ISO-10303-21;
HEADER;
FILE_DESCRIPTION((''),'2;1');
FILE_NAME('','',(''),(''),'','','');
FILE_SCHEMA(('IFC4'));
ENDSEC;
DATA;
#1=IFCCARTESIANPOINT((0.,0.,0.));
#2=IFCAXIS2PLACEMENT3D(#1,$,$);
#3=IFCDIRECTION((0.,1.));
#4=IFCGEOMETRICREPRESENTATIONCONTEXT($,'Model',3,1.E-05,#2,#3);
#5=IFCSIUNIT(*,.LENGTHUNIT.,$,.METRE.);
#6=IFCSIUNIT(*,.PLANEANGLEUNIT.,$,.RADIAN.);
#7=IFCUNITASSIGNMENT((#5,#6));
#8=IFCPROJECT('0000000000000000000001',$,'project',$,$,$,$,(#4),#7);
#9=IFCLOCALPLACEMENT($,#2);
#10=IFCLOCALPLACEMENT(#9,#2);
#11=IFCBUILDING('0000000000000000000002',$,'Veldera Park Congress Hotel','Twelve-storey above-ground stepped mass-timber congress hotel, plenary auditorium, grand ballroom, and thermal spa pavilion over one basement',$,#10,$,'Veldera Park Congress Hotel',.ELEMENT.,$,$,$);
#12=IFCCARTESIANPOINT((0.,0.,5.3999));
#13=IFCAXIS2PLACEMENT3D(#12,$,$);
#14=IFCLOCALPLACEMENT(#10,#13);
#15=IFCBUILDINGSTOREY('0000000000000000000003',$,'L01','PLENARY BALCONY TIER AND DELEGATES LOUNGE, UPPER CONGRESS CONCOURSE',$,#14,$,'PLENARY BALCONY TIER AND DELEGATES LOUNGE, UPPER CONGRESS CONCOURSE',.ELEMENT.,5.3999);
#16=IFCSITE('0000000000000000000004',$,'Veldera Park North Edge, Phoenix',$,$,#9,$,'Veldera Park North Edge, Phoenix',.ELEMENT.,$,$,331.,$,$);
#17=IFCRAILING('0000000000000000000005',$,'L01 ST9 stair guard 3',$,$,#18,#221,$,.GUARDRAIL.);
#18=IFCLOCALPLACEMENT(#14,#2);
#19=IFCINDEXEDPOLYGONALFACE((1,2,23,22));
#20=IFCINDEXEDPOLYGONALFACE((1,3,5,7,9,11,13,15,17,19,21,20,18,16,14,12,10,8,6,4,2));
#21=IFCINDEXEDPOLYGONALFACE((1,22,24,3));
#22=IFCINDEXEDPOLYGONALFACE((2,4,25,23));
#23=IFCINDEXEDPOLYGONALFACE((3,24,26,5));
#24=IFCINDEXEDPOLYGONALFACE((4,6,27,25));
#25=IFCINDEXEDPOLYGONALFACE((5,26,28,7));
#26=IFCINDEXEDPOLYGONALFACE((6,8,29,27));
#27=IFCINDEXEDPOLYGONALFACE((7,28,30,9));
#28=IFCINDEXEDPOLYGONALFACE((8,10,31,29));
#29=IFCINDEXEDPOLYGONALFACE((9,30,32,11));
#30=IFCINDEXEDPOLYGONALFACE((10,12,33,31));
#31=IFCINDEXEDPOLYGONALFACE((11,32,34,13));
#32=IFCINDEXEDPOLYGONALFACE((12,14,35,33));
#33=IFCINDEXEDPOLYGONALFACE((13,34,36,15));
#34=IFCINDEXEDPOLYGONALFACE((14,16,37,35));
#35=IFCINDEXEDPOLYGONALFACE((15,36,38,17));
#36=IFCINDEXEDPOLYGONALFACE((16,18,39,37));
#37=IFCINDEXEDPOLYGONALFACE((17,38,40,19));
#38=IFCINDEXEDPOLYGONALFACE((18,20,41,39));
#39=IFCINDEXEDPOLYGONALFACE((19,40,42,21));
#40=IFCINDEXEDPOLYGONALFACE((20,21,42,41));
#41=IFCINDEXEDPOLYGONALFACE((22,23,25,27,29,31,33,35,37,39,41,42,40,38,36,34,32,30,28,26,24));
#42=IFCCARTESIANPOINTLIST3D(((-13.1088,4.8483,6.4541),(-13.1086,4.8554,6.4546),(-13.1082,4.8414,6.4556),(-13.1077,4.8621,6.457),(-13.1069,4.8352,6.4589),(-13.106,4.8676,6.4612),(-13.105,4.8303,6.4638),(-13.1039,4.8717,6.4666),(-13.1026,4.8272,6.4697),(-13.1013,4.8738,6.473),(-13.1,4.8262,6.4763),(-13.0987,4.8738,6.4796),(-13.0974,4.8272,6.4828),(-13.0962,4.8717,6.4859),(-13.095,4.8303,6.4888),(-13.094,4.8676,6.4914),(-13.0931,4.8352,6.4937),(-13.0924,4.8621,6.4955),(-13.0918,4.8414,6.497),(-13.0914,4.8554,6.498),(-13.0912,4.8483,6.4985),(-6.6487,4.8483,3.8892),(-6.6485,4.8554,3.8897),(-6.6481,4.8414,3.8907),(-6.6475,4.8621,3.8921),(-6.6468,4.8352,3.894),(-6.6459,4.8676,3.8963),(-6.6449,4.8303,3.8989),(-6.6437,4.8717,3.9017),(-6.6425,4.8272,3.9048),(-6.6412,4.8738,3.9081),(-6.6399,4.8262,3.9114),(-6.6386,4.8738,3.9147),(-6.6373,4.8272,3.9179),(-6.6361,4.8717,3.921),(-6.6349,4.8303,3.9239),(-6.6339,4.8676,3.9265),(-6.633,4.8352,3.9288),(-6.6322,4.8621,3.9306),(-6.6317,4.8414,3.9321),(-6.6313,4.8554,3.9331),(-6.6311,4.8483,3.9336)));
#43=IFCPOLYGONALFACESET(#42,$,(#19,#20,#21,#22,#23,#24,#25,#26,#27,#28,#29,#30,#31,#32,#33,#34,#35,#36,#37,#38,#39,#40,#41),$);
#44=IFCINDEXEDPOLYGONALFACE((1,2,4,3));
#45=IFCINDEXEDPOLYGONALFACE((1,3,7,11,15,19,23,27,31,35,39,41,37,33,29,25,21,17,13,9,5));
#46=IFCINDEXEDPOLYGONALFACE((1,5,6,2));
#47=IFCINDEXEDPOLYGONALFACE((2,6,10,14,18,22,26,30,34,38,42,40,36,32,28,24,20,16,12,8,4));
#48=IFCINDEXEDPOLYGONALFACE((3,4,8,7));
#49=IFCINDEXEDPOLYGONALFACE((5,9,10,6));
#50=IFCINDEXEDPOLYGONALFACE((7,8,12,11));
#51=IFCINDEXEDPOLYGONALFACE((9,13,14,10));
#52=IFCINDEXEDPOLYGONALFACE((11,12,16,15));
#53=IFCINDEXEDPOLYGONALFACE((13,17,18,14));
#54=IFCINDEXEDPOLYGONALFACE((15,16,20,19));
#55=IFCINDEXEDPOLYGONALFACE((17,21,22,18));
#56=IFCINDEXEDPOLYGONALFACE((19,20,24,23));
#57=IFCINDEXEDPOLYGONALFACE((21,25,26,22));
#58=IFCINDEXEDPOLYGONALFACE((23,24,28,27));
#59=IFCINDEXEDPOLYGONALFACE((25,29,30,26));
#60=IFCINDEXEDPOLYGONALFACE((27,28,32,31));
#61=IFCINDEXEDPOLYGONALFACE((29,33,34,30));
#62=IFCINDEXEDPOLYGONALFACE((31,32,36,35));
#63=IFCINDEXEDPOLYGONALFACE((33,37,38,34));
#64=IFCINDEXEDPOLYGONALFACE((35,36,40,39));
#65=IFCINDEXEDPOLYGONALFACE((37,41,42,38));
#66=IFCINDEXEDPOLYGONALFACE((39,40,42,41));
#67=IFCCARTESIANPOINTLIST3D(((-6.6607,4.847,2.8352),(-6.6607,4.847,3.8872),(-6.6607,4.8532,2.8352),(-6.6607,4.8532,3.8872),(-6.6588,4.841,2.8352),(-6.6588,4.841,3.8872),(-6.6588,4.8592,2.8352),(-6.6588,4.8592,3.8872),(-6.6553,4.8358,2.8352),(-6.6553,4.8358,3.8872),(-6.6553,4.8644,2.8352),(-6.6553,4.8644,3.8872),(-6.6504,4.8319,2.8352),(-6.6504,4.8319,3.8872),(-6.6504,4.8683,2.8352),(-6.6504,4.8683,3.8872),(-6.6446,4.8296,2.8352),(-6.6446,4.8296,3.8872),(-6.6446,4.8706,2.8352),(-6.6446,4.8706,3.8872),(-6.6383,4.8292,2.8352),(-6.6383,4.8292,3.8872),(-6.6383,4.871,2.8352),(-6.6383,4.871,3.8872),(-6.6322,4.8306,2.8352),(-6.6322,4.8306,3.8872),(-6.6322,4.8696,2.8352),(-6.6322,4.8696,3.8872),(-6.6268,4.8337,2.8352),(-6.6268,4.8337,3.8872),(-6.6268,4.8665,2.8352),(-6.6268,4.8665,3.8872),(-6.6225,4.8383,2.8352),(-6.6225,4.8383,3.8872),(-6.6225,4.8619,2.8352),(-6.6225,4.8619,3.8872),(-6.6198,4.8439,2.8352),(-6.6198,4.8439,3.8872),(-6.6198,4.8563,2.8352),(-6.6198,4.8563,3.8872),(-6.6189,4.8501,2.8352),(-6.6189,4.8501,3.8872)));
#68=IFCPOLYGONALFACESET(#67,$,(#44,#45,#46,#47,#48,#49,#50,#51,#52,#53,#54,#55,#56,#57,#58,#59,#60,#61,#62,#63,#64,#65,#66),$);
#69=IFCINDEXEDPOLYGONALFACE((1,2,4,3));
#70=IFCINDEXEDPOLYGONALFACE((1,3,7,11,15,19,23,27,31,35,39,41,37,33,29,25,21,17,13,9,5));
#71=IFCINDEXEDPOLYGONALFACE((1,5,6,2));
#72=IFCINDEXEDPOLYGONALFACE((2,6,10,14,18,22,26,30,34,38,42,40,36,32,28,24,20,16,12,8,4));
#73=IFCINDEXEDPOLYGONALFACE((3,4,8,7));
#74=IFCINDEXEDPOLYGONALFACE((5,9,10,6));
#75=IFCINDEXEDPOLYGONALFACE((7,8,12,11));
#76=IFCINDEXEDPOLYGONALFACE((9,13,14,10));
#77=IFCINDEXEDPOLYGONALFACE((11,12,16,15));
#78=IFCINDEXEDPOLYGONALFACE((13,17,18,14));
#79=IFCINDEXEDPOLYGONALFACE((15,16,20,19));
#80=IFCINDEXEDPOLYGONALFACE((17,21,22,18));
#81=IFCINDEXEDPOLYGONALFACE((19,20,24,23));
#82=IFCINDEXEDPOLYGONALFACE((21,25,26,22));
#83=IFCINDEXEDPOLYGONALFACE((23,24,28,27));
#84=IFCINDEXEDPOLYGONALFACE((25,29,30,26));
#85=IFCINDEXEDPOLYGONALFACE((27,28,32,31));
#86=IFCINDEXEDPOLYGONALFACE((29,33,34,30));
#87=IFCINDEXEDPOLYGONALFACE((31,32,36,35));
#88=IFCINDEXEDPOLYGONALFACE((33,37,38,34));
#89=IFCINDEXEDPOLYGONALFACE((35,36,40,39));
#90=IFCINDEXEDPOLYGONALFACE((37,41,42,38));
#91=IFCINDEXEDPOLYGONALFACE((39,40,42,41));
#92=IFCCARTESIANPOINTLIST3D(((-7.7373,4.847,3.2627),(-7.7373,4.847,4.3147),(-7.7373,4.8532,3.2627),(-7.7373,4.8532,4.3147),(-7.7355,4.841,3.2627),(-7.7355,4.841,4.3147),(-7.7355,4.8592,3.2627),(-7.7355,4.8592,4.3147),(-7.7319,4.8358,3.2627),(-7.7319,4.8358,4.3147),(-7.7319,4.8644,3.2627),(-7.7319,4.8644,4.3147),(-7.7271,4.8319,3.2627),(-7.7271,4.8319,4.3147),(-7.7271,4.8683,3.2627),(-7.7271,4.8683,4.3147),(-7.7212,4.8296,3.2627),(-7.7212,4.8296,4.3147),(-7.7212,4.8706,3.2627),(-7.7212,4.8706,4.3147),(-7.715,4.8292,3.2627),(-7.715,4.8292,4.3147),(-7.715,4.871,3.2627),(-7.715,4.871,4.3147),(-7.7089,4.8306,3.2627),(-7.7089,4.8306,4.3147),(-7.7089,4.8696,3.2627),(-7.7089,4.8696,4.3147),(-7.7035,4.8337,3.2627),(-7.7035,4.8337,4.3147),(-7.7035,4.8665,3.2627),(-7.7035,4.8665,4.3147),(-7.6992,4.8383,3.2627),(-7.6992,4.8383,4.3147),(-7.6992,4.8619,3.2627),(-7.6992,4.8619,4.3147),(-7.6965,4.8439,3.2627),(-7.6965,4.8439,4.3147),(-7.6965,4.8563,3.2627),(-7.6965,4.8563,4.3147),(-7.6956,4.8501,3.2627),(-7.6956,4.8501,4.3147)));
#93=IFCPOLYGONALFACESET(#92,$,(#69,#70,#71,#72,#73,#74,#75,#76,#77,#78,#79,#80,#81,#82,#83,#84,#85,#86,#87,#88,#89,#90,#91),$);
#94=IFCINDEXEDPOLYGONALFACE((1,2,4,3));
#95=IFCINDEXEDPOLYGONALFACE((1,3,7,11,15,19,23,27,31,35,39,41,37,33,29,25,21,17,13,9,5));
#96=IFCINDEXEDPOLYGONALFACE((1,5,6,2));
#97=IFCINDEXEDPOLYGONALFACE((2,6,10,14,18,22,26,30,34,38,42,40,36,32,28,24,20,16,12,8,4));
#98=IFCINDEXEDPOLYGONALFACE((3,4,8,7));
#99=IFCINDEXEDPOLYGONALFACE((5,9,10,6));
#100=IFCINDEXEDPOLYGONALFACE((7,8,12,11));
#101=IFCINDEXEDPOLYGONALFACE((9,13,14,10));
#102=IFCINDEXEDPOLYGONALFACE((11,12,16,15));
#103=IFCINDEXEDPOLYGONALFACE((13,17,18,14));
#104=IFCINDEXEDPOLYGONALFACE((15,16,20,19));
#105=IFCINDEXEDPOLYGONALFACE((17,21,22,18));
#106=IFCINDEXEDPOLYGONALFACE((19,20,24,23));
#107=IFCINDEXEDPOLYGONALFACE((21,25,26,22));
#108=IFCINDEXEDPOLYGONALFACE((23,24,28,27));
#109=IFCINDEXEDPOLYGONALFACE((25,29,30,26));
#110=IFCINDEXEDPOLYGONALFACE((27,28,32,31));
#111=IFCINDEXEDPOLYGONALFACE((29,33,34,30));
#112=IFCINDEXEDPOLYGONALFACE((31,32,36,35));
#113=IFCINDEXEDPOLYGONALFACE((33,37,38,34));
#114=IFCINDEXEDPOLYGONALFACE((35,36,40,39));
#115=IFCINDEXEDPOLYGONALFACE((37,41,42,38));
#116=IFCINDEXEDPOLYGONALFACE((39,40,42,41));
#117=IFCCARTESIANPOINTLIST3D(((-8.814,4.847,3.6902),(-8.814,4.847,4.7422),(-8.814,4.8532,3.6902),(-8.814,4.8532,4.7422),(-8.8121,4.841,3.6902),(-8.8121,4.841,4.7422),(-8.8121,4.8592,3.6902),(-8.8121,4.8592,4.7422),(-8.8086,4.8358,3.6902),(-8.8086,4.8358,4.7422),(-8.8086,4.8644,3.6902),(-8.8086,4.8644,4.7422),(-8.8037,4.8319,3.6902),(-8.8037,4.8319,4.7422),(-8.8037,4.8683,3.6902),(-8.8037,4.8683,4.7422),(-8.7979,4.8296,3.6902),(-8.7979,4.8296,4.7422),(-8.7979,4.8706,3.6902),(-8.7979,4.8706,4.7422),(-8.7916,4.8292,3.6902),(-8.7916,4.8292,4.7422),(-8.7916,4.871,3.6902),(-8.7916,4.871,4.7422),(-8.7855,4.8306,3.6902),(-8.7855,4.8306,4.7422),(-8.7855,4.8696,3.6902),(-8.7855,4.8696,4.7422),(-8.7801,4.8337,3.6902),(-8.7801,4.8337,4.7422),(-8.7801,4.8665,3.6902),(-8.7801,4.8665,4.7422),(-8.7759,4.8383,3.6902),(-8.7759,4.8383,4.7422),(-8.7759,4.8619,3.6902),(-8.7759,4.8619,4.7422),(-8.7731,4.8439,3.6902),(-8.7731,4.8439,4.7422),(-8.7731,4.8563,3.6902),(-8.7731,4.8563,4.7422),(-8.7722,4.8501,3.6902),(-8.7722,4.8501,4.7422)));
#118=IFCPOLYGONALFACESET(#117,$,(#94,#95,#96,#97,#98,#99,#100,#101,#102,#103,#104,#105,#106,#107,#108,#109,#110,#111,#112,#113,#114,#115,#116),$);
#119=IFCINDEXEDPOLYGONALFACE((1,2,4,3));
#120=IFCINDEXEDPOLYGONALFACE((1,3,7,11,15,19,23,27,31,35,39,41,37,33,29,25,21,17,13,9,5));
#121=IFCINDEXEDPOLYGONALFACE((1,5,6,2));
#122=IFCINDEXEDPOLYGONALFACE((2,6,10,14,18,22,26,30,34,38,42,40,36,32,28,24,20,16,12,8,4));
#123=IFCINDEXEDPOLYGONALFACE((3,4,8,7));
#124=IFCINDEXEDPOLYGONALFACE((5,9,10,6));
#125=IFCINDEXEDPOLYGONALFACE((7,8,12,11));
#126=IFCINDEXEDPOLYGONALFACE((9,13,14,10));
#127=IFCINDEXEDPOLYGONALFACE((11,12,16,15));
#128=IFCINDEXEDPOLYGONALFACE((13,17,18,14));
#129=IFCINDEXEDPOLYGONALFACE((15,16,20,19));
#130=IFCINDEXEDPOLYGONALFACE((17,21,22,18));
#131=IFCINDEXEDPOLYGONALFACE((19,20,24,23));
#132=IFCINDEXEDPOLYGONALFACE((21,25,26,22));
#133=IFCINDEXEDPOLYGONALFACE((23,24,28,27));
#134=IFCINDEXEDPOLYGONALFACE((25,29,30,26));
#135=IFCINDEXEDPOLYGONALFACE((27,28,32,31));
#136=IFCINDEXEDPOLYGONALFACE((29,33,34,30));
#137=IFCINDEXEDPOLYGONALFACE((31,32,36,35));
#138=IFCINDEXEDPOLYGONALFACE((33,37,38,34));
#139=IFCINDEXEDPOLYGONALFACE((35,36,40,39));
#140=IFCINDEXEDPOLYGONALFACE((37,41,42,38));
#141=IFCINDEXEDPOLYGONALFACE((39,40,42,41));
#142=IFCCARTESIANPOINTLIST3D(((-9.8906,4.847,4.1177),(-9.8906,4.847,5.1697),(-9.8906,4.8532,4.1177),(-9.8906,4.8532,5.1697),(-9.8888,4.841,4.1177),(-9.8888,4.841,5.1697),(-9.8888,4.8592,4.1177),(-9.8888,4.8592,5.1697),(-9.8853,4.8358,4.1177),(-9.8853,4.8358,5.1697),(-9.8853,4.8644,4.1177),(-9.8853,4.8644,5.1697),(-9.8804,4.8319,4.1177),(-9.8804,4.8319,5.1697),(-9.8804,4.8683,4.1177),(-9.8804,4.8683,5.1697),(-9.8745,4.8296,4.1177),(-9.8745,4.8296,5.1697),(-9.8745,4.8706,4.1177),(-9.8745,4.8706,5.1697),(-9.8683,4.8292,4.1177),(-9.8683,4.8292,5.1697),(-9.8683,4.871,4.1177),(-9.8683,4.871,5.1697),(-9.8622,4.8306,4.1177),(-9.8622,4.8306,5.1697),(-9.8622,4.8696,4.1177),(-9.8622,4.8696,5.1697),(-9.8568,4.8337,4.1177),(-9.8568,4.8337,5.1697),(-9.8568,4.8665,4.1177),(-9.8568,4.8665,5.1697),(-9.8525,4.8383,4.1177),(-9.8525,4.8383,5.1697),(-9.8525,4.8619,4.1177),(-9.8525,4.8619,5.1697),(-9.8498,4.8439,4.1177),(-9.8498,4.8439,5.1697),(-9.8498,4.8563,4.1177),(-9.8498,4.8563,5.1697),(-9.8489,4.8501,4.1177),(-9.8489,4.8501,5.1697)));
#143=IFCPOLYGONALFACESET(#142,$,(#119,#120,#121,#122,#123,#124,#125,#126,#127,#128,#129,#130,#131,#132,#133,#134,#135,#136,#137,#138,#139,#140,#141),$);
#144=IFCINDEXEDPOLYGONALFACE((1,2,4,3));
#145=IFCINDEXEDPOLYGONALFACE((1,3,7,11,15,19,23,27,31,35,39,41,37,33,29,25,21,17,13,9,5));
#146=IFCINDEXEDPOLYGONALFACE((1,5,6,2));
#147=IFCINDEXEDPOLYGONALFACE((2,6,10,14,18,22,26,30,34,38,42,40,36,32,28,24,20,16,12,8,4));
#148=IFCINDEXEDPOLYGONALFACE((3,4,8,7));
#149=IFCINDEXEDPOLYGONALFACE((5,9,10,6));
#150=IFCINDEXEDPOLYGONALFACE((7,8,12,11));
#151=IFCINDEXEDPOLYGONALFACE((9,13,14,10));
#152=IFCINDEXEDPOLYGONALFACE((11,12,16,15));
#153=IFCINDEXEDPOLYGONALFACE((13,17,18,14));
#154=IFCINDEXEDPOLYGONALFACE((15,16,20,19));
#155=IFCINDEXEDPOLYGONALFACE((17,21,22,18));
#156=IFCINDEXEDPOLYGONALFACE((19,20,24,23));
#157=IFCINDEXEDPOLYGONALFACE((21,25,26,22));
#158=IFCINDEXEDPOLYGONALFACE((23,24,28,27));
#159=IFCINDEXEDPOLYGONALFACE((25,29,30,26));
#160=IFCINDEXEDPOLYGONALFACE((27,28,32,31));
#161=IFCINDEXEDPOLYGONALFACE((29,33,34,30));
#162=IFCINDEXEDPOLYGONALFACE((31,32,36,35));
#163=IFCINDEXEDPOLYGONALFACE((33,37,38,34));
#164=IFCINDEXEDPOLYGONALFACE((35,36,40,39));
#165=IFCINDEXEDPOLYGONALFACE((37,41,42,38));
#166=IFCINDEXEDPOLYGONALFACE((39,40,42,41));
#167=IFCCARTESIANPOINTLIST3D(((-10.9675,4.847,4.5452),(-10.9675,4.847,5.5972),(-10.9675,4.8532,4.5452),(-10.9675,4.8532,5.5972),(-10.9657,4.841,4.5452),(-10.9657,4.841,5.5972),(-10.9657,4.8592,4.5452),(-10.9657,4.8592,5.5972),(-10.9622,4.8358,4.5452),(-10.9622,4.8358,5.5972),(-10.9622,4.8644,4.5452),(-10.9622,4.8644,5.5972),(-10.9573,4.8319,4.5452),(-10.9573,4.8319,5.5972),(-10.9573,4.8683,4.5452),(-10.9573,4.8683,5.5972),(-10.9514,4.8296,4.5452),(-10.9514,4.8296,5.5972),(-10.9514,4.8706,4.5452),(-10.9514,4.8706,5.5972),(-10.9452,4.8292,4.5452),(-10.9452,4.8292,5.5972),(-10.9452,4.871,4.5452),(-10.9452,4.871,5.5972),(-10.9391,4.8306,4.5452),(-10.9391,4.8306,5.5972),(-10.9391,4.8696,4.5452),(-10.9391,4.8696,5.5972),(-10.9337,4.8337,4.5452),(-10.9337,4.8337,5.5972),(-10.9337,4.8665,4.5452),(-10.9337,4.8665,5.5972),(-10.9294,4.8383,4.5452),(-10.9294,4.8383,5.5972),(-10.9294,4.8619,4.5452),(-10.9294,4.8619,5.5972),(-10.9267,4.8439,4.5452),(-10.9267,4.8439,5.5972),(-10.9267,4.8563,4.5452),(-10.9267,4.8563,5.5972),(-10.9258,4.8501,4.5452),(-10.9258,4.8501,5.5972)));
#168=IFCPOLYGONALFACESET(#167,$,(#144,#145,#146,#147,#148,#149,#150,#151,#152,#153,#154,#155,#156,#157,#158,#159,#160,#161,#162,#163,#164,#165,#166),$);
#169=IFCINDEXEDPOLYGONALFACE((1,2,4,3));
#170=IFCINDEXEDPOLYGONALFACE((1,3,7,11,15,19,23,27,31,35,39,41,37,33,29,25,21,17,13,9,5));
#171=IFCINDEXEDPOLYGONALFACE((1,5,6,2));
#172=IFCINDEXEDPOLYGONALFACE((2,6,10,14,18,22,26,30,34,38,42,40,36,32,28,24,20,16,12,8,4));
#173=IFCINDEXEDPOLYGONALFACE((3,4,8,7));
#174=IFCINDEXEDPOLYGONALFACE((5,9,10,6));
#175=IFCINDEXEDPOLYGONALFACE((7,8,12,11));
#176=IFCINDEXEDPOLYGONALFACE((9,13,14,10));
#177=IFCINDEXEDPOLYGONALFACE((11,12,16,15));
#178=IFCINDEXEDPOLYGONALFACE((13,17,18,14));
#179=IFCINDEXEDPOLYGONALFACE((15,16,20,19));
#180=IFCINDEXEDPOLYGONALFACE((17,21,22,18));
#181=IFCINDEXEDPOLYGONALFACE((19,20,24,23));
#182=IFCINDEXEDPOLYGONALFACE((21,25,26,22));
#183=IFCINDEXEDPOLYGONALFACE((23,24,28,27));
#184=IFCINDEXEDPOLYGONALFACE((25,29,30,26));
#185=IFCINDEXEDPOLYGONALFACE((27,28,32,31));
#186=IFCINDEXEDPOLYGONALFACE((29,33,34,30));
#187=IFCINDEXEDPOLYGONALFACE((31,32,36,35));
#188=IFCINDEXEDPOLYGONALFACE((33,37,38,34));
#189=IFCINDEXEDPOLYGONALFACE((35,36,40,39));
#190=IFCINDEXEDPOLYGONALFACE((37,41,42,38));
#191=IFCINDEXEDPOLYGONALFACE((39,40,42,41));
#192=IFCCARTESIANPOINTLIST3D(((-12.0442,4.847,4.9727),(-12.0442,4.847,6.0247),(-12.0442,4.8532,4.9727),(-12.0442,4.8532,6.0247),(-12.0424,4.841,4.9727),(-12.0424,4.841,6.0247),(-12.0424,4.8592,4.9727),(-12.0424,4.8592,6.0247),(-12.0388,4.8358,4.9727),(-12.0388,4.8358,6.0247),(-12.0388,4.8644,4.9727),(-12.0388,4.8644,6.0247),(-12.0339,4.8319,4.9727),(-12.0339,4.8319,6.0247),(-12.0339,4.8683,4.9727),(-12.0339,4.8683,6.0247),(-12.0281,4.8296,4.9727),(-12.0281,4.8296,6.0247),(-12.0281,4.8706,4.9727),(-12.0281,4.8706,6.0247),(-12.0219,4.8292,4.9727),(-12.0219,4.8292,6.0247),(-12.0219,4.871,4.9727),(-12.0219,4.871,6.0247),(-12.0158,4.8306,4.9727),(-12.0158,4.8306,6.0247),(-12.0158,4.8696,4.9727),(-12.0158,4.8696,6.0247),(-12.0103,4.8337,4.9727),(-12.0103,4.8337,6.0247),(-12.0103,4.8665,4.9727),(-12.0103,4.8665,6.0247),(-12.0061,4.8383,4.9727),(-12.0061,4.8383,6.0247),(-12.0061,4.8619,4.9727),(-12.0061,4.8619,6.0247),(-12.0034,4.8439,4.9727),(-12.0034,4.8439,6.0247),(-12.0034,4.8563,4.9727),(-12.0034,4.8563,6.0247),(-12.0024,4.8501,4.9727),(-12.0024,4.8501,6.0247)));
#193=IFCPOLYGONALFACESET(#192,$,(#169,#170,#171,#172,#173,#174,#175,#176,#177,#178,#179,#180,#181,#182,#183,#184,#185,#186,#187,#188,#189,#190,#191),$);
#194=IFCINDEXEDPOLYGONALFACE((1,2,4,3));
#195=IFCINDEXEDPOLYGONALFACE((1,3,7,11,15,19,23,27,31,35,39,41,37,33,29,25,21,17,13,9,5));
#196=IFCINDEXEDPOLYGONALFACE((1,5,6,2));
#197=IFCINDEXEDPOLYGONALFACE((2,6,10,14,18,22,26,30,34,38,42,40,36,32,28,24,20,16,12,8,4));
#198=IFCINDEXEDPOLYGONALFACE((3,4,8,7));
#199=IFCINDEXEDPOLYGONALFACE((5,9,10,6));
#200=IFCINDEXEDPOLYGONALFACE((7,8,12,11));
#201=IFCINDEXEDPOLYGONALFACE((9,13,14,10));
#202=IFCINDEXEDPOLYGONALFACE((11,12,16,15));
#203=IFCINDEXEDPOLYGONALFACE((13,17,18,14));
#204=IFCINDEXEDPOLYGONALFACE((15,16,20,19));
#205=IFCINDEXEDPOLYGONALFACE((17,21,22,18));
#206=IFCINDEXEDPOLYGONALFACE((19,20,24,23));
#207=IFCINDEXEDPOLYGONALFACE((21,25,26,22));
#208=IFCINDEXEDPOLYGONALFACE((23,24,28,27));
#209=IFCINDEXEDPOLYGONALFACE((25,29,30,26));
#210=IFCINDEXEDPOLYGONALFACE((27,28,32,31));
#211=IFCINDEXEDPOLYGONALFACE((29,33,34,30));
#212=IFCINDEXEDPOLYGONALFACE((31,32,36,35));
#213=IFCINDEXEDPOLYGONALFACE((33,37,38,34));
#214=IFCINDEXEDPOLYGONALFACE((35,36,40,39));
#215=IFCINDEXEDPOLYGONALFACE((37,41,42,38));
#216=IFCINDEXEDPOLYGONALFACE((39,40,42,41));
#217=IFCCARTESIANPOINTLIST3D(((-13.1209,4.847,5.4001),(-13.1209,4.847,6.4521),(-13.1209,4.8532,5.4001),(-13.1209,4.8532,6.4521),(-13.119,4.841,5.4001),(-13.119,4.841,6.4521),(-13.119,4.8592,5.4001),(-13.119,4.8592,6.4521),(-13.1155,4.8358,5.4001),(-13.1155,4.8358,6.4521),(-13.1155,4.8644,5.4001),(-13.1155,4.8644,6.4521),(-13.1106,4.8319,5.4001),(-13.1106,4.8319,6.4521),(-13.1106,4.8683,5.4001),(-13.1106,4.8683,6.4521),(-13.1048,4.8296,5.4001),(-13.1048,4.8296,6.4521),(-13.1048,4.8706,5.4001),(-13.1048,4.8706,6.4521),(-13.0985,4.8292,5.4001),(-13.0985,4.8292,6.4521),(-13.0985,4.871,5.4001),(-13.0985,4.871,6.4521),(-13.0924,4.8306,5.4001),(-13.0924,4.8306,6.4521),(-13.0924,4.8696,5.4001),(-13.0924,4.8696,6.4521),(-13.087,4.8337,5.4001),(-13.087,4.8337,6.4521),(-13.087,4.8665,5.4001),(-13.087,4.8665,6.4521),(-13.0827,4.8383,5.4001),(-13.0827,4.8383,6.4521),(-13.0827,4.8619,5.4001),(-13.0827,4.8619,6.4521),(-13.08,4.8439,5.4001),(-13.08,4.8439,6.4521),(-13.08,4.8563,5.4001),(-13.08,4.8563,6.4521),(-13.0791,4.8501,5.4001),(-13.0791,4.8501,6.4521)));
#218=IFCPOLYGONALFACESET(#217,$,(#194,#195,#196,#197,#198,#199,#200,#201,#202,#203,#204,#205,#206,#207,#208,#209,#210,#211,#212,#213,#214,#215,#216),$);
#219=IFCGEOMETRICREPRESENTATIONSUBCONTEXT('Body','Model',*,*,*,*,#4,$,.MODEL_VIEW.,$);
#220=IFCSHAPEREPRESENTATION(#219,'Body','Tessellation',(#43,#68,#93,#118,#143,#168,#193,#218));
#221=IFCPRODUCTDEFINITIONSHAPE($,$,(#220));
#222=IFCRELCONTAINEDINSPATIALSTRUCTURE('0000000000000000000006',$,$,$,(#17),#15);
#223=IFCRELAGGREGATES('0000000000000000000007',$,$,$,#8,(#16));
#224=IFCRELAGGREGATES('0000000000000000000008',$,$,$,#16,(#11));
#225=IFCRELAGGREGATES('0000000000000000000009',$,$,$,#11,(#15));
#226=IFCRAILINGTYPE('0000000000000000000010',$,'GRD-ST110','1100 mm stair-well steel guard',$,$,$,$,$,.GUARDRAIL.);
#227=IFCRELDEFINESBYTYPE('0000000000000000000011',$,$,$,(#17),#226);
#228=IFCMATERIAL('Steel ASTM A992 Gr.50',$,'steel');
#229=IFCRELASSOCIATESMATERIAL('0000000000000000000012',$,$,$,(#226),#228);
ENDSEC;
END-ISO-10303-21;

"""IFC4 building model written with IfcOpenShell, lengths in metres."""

from ifc_helpers import new_model, si_unit, direction, frame, origin, origin_2d, place, context, subcontext, project, spatial, circle, extrude, material, type_object, element, save


model = new_model("IFC4")

# Units and contexts
model_context = context("Model", 3, precision=1e-05, world=origin(), true_north=direction((0.0, 1.0)))
body_context = subcontext(model_context, "Body", "Model", "MODEL_VIEW")
ifc_project = project(units=[si_unit("LENGTHUNIT", "METRE"), si_unit("PLANEANGLEUNIT", "RADIAN")], contexts=[model_context])

# Site, building, storey
site_placement = place(None, origin())
site = spatial("IfcSite", under=ifc_project, at=site_placement, Name="Veldera Park North Edge, Phoenix", LongName="Veldera Park North Edge, Phoenix", CompositionType="ELEMENT", RefElevation=331.0)
building_placement = place(site_placement, origin())
building = spatial("IfcBuilding", under=site, at=building_placement, Name="Veldera Park Congress Hotel", Description="Twelve-storey above-ground stepped mass-timber congress hotel, plenary auditorium, grand ballroom, and thermal spa pavilion over one basement", LongName="Veldera Park Congress Hotel", CompositionType="ELEMENT")
storey_placement = place(building_placement, frame((0.0, 0.0, 5.3999)))
storey = spatial("IfcBuildingStorey", under=building, at=storey_placement, Name="L01", Description="PLENARY BALCONY TIER AND DELEGATES LOUNGE, UPPER CONGRESS CONCOURSE", LongName="PLENARY BALCONY TIER AND DELEGATES LOUNGE, UPPER CONGRESS CONCOURSE", CompositionType="ELEMENT", Elevation=5.3999)

# Shared definitions
ifc_material_1 = material(Name="Steel ASTM A992 Gr.50", Category="steel")

# Railing
railing_type_1 = type_object("IfcRailingType", Name="GRD-ST110", Description="1100 mm stair-well steel guard", PredefinedType="GUARDRAIL", material=ifc_material_1)
railing_1_placement = place(storey_placement, frame((-6.6399, 4.8501, 2.8352)))
element("IfcRailing", 1, at=railing_1_placement, inside=storey, type_object=railing_type_1, Name="L01 ST9 stair guard 3", PredefinedType="GUARDRAIL", context=body_context, shape_type="SweptSolid", body=[
    extrude(circle(Radius=0.0239, at=origin_2d()), frame((0.0, 0.0, 1.0762), z_axis=(-0.929423, 0.0, 0.369016), x_axis=(0.0, -1.0, 0.0)), (0.0, 0.0, 1.0), 6.9507),
    extrude(circle(Radius=0.021, at=origin_2d()), origin(), (0.0, 0.0, 1.0), 1.052),
    extrude(circle(Radius=0.021, at=origin_2d()), frame((-1.0767, 0.0, 0.4275)), (0.0, 0.0, 1.0), 1.052),
    extrude(circle(Radius=0.021, at=origin_2d()), frame((-2.1533, 0.0, 0.855)), (0.0, 0.0, 1.0), 1.052),
    extrude(circle(Radius=0.021, at=origin_2d()), frame((-3.23, 0.0, 1.2825)), (0.0, 0.0, 1.0), 1.052),
    extrude(circle(Radius=0.021, at=origin_2d()), frame((-4.3069, 0.0, 1.71)), (0.0, 0.0, 1.0), 1.052),
    extrude(circle(Radius=0.021, at=origin_2d()), frame((-5.3835, 0.0, 2.1375)), (0.0, 0.0, 1.0), 1.052),
    extrude(circle(Radius=0.021, at=origin_2d()), frame((-6.4602, 0.0, 2.5649)), (0.0, 0.0, 1.0), 1.052),
])

save(model, "model.ifc")
